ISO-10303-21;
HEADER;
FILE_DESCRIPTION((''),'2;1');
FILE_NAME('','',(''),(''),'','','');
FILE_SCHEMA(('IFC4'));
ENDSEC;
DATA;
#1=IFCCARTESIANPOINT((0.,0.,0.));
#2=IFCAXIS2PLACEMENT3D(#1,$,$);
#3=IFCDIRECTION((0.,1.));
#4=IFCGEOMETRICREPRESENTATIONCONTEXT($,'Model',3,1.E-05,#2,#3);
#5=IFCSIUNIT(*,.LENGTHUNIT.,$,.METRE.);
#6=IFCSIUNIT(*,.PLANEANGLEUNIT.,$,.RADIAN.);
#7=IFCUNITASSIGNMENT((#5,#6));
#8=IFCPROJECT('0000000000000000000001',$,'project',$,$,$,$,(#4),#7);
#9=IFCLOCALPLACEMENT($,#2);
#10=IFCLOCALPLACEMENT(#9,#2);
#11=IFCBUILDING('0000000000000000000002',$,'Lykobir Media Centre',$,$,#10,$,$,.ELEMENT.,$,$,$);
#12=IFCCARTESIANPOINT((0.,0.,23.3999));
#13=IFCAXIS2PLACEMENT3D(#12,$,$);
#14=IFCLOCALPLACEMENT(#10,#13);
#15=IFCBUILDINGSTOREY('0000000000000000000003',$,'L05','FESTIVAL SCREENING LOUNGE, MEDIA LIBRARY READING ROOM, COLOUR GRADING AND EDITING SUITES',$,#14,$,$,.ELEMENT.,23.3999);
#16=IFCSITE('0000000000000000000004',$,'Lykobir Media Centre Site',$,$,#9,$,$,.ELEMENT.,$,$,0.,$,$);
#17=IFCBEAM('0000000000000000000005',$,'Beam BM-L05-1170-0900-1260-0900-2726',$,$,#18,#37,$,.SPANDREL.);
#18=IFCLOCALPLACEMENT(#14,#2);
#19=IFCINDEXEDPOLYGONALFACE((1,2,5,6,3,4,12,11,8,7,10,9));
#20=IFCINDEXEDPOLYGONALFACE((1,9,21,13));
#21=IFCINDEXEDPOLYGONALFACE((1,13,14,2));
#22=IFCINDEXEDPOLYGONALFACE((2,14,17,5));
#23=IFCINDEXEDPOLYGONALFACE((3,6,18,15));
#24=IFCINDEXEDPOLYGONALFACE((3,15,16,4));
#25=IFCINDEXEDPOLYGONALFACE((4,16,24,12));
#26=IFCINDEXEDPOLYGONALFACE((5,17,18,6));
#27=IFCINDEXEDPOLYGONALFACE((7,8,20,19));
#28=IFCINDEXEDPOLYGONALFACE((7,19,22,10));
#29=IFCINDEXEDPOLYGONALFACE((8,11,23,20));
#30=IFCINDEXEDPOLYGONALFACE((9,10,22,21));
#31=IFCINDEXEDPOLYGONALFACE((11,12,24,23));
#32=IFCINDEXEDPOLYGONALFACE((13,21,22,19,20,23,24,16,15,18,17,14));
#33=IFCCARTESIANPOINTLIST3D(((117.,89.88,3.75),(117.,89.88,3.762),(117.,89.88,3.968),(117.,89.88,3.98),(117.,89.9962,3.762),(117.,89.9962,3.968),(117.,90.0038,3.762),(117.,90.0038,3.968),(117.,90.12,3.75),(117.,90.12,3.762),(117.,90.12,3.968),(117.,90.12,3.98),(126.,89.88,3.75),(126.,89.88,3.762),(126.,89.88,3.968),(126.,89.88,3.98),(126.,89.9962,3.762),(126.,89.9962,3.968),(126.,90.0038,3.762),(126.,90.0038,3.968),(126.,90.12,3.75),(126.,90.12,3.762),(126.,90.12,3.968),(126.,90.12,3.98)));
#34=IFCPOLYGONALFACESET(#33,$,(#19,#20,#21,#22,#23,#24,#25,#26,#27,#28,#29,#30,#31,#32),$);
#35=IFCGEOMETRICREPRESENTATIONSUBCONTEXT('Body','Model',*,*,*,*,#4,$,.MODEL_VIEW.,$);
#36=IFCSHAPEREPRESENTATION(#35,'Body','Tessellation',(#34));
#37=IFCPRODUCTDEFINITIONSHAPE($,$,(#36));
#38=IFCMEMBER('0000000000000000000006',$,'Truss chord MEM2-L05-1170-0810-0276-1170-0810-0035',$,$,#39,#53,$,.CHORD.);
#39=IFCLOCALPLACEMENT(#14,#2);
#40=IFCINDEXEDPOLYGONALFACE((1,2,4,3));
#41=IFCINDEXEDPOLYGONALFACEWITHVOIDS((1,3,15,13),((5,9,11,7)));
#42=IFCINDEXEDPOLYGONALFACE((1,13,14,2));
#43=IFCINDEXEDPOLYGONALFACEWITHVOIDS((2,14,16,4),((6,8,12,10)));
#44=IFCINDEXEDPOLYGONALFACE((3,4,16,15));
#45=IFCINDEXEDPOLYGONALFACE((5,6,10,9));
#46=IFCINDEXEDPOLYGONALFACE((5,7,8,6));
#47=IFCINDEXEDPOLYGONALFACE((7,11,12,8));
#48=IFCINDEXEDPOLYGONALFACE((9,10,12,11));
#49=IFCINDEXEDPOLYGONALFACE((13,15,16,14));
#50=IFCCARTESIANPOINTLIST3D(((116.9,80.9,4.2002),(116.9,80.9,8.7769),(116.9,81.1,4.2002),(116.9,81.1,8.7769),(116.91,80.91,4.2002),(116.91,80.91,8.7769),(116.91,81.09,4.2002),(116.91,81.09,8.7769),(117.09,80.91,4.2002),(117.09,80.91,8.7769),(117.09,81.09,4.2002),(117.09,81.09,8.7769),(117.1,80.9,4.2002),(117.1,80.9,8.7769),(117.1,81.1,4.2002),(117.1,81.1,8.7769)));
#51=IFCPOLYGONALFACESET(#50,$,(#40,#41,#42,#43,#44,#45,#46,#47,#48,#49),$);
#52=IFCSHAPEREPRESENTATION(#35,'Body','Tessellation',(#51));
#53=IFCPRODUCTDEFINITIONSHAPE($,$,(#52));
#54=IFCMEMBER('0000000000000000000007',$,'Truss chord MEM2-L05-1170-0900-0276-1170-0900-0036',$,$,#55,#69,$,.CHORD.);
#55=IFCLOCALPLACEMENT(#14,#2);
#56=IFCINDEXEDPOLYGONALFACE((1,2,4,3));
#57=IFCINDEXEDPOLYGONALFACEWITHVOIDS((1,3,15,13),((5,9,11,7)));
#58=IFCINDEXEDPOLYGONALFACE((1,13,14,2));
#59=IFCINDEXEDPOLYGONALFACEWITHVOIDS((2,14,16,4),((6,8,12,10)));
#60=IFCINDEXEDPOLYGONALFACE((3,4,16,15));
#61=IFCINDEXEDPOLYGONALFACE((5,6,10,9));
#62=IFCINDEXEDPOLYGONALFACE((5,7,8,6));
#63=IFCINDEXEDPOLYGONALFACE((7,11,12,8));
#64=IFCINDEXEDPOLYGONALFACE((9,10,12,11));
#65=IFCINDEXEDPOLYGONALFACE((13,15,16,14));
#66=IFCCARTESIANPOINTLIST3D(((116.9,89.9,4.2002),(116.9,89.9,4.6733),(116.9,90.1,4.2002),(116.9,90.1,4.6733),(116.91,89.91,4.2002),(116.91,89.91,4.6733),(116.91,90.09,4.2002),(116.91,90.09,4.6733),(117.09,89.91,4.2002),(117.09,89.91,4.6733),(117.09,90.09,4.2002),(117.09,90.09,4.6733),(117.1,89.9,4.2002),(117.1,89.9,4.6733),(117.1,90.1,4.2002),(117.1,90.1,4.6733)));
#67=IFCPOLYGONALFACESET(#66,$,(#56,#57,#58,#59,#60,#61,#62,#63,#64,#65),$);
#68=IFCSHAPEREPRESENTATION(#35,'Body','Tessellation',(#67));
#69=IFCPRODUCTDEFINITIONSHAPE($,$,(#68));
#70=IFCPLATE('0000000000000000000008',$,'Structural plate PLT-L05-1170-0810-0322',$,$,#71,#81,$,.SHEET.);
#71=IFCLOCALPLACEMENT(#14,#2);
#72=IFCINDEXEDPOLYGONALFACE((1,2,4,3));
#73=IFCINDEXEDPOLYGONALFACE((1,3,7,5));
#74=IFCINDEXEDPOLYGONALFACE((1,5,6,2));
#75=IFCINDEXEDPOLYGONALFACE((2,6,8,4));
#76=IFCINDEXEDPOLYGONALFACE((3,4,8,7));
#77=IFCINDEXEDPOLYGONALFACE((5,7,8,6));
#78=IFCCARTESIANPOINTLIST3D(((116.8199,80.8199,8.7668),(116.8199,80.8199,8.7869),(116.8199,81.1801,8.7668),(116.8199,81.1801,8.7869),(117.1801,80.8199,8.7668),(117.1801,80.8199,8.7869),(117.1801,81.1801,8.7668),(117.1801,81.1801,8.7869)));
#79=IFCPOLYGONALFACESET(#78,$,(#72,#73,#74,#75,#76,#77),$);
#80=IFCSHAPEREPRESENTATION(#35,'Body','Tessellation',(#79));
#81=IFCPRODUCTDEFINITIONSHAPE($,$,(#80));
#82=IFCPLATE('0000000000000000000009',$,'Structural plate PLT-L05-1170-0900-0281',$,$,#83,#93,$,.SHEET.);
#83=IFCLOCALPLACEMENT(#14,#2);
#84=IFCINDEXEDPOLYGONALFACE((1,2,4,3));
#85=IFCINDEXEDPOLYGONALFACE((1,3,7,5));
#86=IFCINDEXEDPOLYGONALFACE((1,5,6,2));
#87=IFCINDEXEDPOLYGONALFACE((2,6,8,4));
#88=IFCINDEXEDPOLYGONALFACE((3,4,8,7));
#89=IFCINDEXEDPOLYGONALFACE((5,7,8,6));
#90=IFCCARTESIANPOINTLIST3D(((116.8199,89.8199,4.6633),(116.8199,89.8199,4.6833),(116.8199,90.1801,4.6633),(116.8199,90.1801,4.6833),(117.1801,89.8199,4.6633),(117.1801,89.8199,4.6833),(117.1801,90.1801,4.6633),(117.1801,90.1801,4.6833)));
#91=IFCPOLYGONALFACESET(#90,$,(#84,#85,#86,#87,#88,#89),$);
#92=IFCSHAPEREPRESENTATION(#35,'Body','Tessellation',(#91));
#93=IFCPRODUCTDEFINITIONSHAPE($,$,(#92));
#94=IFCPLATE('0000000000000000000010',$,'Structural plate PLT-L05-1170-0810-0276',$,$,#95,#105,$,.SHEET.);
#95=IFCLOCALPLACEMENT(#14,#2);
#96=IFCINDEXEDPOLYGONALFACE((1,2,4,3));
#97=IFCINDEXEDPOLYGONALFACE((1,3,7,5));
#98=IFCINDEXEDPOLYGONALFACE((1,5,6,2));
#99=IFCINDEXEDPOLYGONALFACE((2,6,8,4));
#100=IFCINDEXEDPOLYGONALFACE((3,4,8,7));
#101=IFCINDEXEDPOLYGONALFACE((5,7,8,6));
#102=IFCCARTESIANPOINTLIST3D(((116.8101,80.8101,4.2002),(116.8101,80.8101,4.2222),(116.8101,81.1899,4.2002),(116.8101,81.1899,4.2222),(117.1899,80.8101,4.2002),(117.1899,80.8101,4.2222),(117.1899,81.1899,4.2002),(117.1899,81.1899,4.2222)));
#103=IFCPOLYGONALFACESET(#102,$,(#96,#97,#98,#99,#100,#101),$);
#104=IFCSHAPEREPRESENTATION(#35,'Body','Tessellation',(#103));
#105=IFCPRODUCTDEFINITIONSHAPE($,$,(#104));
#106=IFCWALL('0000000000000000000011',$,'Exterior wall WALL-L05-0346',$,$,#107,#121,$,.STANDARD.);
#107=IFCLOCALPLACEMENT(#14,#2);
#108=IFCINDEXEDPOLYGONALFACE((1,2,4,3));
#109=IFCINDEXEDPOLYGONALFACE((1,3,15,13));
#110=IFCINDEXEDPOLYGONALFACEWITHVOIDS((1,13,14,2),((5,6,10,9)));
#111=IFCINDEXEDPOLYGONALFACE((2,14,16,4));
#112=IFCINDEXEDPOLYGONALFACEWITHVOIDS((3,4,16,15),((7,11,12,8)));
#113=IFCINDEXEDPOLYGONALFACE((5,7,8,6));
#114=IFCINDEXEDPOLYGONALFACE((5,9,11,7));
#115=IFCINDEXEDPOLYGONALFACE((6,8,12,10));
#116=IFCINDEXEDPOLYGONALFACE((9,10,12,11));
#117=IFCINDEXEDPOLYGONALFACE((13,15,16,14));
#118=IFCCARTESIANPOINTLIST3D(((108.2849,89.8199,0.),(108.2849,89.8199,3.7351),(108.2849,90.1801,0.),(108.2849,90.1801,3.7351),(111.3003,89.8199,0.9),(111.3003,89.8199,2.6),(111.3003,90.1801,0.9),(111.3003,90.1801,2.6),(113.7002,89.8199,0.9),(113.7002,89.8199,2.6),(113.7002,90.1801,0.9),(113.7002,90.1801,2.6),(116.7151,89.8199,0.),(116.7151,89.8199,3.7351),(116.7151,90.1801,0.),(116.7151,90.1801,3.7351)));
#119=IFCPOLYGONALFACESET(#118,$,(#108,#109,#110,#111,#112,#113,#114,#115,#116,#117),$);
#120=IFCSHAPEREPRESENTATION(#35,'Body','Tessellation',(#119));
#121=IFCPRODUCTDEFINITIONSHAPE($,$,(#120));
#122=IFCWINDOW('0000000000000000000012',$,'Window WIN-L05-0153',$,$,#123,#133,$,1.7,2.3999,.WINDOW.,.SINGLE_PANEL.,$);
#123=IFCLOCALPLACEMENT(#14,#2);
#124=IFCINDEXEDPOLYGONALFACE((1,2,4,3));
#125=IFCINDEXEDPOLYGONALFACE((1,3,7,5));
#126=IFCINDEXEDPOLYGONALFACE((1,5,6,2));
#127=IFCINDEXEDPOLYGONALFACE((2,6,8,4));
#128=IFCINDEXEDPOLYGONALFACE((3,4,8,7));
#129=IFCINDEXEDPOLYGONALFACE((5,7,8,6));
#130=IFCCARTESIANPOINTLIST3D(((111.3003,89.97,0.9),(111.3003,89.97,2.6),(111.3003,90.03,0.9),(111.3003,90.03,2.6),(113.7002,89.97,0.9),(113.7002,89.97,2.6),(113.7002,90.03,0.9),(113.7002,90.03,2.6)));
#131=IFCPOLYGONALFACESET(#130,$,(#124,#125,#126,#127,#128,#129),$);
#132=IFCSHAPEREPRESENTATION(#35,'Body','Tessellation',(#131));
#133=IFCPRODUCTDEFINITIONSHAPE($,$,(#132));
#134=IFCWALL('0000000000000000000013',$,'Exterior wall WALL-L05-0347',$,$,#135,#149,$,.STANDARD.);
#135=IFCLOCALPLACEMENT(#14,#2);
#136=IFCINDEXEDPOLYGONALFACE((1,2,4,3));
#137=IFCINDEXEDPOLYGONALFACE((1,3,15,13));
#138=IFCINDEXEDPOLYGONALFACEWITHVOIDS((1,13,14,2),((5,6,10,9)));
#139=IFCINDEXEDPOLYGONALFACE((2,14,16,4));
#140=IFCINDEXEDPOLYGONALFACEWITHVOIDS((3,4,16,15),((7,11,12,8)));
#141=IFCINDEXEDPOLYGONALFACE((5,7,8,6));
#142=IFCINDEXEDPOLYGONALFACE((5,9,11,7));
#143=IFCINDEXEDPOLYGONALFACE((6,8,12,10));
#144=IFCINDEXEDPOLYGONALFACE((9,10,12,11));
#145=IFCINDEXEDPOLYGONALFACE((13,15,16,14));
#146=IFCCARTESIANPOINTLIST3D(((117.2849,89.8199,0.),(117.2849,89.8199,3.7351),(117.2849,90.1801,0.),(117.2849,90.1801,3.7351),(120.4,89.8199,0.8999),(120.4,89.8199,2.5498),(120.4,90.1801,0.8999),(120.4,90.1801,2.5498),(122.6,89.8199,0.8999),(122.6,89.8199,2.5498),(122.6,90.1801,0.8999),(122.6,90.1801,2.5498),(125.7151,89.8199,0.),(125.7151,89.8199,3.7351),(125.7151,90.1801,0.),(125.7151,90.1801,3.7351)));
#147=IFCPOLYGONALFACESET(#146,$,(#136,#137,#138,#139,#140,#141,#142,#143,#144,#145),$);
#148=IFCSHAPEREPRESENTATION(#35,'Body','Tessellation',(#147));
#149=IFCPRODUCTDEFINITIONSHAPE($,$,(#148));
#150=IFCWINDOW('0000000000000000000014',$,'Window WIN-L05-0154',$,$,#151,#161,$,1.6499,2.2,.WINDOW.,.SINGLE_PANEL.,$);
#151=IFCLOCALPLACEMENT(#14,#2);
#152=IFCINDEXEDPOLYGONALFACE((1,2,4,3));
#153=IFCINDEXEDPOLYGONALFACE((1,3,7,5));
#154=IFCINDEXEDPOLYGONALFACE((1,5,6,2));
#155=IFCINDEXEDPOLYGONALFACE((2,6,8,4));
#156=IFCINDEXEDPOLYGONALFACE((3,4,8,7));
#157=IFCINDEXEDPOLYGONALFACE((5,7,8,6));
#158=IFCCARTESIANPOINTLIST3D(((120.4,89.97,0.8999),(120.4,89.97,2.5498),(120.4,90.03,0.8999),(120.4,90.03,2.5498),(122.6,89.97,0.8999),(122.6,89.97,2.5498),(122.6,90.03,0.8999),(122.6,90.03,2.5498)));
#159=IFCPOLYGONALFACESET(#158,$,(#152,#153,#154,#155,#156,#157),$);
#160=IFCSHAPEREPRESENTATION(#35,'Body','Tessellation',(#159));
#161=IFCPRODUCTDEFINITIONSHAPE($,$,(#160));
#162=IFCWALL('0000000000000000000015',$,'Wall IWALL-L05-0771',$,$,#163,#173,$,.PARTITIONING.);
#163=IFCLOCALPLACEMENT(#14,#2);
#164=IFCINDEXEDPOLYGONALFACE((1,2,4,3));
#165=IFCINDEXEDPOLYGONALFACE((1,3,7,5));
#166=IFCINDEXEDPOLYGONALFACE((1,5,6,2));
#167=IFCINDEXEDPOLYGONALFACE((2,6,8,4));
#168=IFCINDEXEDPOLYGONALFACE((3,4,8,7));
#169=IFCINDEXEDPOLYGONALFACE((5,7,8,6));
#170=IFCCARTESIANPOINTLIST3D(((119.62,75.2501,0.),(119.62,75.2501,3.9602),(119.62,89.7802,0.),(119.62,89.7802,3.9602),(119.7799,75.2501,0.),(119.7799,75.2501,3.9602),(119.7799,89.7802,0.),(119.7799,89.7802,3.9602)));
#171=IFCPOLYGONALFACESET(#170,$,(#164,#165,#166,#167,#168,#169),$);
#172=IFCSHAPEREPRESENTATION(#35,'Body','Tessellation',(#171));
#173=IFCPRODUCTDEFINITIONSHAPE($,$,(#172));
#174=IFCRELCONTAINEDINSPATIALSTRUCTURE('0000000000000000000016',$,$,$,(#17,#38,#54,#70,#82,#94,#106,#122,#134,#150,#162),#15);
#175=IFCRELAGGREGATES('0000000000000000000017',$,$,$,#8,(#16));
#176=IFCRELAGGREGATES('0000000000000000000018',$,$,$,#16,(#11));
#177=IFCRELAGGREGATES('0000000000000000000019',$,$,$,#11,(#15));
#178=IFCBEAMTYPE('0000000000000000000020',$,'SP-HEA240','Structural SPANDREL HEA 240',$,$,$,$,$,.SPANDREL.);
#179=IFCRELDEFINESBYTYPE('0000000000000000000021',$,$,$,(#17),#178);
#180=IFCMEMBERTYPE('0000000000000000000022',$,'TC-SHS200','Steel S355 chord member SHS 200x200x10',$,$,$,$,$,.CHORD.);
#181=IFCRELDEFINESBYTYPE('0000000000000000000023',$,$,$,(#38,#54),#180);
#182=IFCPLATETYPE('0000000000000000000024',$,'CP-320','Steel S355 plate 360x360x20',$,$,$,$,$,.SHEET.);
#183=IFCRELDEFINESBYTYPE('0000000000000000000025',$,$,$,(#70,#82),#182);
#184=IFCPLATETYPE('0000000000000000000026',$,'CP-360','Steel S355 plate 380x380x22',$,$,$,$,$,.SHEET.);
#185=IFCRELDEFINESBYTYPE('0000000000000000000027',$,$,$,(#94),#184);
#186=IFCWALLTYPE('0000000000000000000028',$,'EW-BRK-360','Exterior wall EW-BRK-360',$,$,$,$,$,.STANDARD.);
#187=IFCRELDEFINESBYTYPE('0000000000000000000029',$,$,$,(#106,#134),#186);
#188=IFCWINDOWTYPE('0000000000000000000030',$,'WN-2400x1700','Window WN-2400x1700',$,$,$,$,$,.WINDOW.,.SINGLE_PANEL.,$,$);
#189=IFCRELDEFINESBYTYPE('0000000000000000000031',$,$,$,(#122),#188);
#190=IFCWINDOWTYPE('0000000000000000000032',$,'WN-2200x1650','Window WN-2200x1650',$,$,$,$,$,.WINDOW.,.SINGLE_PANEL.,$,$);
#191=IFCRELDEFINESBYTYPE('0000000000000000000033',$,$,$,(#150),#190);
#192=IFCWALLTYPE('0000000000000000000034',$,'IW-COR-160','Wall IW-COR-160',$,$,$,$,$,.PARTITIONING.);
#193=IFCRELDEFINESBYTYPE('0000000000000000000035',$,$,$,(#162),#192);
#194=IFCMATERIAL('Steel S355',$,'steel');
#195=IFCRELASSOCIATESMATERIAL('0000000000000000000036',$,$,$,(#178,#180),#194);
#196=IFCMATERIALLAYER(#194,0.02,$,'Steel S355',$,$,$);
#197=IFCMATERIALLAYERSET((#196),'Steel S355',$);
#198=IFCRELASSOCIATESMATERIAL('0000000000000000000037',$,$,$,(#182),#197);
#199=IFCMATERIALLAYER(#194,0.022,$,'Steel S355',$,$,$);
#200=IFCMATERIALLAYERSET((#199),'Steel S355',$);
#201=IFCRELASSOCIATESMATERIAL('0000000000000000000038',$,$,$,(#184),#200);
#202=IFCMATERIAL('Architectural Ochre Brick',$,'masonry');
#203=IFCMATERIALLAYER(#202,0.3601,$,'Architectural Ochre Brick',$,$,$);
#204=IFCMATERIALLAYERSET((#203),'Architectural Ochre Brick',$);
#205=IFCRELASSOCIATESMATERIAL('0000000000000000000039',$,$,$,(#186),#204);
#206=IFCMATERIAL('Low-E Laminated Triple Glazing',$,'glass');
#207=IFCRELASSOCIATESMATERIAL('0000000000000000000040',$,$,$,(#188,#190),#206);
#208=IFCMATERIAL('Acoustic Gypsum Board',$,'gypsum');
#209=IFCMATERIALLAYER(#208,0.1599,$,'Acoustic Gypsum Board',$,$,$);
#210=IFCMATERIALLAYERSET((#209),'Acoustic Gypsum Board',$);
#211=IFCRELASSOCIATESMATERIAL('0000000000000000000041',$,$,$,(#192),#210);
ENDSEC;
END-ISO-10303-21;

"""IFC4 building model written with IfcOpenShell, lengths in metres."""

from ifc_helpers import new_model, si_unit, direction, frame, frame_2d, origin, origin_2d, place, context, subcontext, project, spatial, rectangle, hollow_rectangle, i_section, extrude, material, layer, layer_set, material_profile, profile_set, type_object, element, fill, save


model = new_model("IFC4")

# Units and contexts
model_context = context("Model", 3, precision=1e-05, world=origin(), true_north=direction((0.0, 1.0)))
body_context = subcontext(model_context, "Body", "Model", "MODEL_VIEW")
ifc_project = project(units=[si_unit("LENGTHUNIT", "METRE"), si_unit("PLANEANGLEUNIT", "RADIAN")], contexts=[model_context])

# Site, building, storey
site_placement = place(None, origin())
site = spatial("IfcSite", under=ifc_project, at=site_placement, Name="Lykobir Media Centre Site", CompositionType="ELEMENT", RefElevation=0.0)
building_placement = place(site_placement, origin())
building = spatial("IfcBuilding", under=site, at=building_placement, Name="Lykobir Media Centre", CompositionType="ELEMENT")
storey_placement = place(building_placement, frame((0.0, 0.0, 23.3999)))
storey = spatial("IfcBuildingStorey", under=building, at=storey_placement, Name="L05", Description="FESTIVAL SCREENING LOUNGE, MEDIA LIBRARY READING ROOM, COLOUR GRADING AND EDITING SUITES", CompositionType="ELEMENT", Elevation=23.3999)

# Shared definitions
ifc_material_1 = material(Name="Steel S355", Category="steel")

# Beam
ifc_material_profile_1 = material_profile(ifc_material_1, i_section(OverallWidth=0.24, OverallDepth=0.23, WebThickness=0.0076, FlangeThickness=0.012, at=origin_2d()), Name="HEA 240")
ifc_profile_set_1 = profile_set([ifc_material_profile_1], Name="Steel S355")
beam_type_1 = type_object("IfcBeamType", Name="SP-HEA240", Description="Structural SPANDREL HEA 240", PredefinedType="SPANDREL", material=ifc_profile_set_1)
beam_1_placement = place(storey_placement, frame((117.0, 90.0, 3.865), z_axis=(1.0, 0.0, 0.0), x_axis=(0.0, 1.0, 0.0)))
element("IfcBeam", 1, at=beam_1_placement, inside=storey, type_object=beam_type_1, Name="Beam BM-L05-1170-0900-1260-0900-2726", PredefinedType="SPANDREL", context=body_context, shape_type="SweptSolid", body=[
    extrude(i_section(OverallWidth=0.24, OverallDepth=0.23, WebThickness=0.0076, FlangeThickness=0.012, at=origin_2d()), origin(), (0.0, 0.0, 1.0), 9.0),
])

# Members
ifc_material_profile_2 = material_profile(ifc_material_1, hollow_rectangle(XDim=0.2, YDim=0.2, WallThickness=0.01, at=origin_2d()), Name="SHS 200x200x10")
ifc_profile_set_2 = profile_set([ifc_material_profile_2], Name="Steel S355")
member_type = type_object("IfcMemberType", Name="TC-SHS200", Description="Steel S355 chord member SHS 200x200x10", PredefinedType="CHORD", material=ifc_profile_set_2)
member_1_placement = place(storey_placement, frame((117.0, 81.0, 4.2002), z_axis=(0.0, 0.0, 1.0), x_axis=(1.0, 0.0, 0.0)))
element("IfcMember", 2, at=member_1_placement, inside=storey, type_object=member_type, Name="Truss chord MEM2-L05-1170-0810-0276-1170-0810-0035", PredefinedType="CHORD", context=body_context, shape_type="SweptSolid", body=[
    extrude(hollow_rectangle(XDim=0.2, YDim=0.2, WallThickness=0.01, at=origin_2d()), origin(), (0.0, 0.0, 1.0), 4.5767),
])
member_2_placement = place(storey_placement, frame((117.0, 90.0, 4.2002), z_axis=(0.0, 0.0, 1.0), x_axis=(1.0, 0.0, 0.0)))
element("IfcMember", 3, at=member_2_placement, inside=storey, type_object=member_type, Name="Truss chord MEM2-L05-1170-0900-0276-1170-0900-0036", PredefinedType="CHORD", context=body_context, shape_type="SweptSolid", body=[
    extrude(hollow_rectangle(XDim=0.2, YDim=0.2, WallThickness=0.01, at=origin_2d()), origin(), (0.0, 0.0, 1.0), 0.4731),
])

# Plates
ifc_layer_1 = layer(ifc_material_1, 0.02, Name="Steel S355")
ifc_layer_set_1 = layer_set([ifc_layer_1], Name="Steel S355")
plate_type_1 = type_object("IfcPlateType", Name="CP-320", Description="Steel S355 plate 360x360x20", PredefinedType="SHEET", material=ifc_layer_set_1)
for number, where, z_axis, x_axis, name in (
    (4, (117.0, 81.0, 8.7668), (0.0, 0.0, 1.0), (1.0, 0.0, 0.0), "Structural plate PLT-L05-1170-0810-0322"),
    (5, (117.0, 90.0, 4.6633), (0.0, 0.0, 1.0), (1.0, 0.0, 0.0), "Structural plate PLT-L05-1170-0900-0281"),
):
    element("IfcPlate", number, at=place(storey_placement, frame(where, z_axis=z_axis, x_axis=x_axis)), inside=storey, type_object=plate_type_1, Name=name, PredefinedType="SHEET", context=body_context, shape_type="SweptSolid", body=[
        extrude(rectangle(XDim=0.3601, YDim=0.3601, at=origin_2d()), origin(), (0.0, 0.0, 1.0), 0.02),
    ])
ifc_layer_2 = layer(ifc_material_1, 0.022, Name="Steel S355")
ifc_layer_set_2 = layer_set([ifc_layer_2], Name="Steel S355")
plate_type_2 = type_object("IfcPlateType", Name="CP-360", Description="Steel S355 plate 380x380x22", PredefinedType="SHEET", material=ifc_layer_set_2)
plate_placement = place(storey_placement, frame((117.0, 81.0, 4.2002), z_axis=(0.0, 0.0, 1.0), x_axis=(1.0, 0.0, 0.0)))
element("IfcPlate", 6, at=plate_placement, inside=storey, type_object=plate_type_2, Name="Structural plate PLT-L05-1170-0810-0276", PredefinedType="SHEET", context=body_context, shape_type="SweptSolid", body=[
    extrude(rectangle(XDim=0.3799, YDim=0.3799, at=origin_2d()), origin(), (0.0, 0.0, 1.0), 0.022),
])

# Walls, openings, windows
ifc_material_2 = material(Name="Architectural Ochre Brick", Category="masonry")
ifc_layer_3 = layer(ifc_material_2, 0.3601, Name="Architectural Ochre Brick")
ifc_layer_set_3 = layer_set([ifc_layer_3], Name="Architectural Ochre Brick")
wall_type_1 = type_object("IfcWallType", Name="EW-BRK-360", Description="Exterior wall EW-BRK-360", PredefinedType="STANDARD", material=ifc_layer_set_3)
wall_1_placement = place(storey_placement, frame((116.7151, 90.0, 0.0), z_axis=(0.0, 0.0, 1.0), x_axis=(-1.0, 0.0, 0.0)))
wall_1 = element("IfcWall", 7, at=wall_1_placement, inside=storey, type_object=wall_type_1, Name="Exterior wall WALL-L05-0346", PredefinedType="STANDARD", context=body_context, shape_type="SweptSolid", body=[
    extrude(rectangle(XDim=8.4302, YDim=0.3601, at=frame_2d((4.2151, 0.0))), origin(), (0.0, 0.0, 1.0), 3.7351),
])
opening_1_placement = place(wall_1_placement, frame((3.0149, 0.0, 0.8999)))
opening_1 = element("IfcOpeningElement", 8, at=opening_1_placement, cuts=wall_1, PredefinedType="OPENING", context=body_context, shape_type="SweptSolid", body=[
    extrude(rectangle(XDim=2.3999, YDim=1.7, at=frame_2d((1.2, 0.8501))), frame((0.0, 0.1899, 0.0), z_axis=(0.0, -1.0, 0.0), x_axis=(1.0, 0.0, 0.0)), (0.0, 0.0, 1.0), 0.3801),
])
ifc_material_3 = material(Name="Low-E Laminated Triple Glazing", Category="glass")
window_type_1 = type_object("IfcWindowType", Name="WN-2400x1700", Description="Window WN-2400x1700", PartitioningType="SINGLE_PANEL", PredefinedType="WINDOW", material=ifc_material_3)
window_1_placement = place(opening_1_placement, origin())
window_1 = element("IfcWindow", 9, at=window_1_placement, inside=storey, type_object=window_type_1, Name="Window WIN-L05-0153", OverallHeight=1.7, OverallWidth=2.3999, PartitioningType="SINGLE_PANEL", PredefinedType="WINDOW", context=body_context, shape_type="SweptSolid", body=[
    extrude(rectangle(XDim=2.3999, YDim=1.7, at=frame_2d((1.2, 0.8501))), frame((0.0, 0.03, 0.0), z_axis=(0.0, -1.0, 0.0), x_axis=(1.0, 0.0, 0.0)), (0.0, 0.0, 1.0), 0.0601),
])
fill(opening_1, window_1)
wall_2_placement = place(storey_placement, frame((125.7151, 90.0, 0.0), z_axis=(0.0, 0.0, 1.0), x_axis=(-1.0, 0.0, 0.0)))
wall_2 = element("IfcWall", 10, at=wall_2_placement, inside=storey, type_object=wall_type_1, Name="Exterior wall WALL-L05-0347", PredefinedType="STANDARD", context=body_context, shape_type="SweptSolid", body=[
    extrude(rectangle(XDim=8.4302, YDim=0.3601, at=frame_2d((4.2151, 0.0))), origin(), (0.0, 0.0, 1.0), 3.7351),
])
opening_2_placement = place(wall_2_placement, frame((3.115, 0.0, 0.8999)))
opening_2 = element("IfcOpeningElement", 11, at=opening_2_placement, cuts=wall_2, PredefinedType="OPENING", context=body_context, shape_type="SweptSolid", body=[
    extrude(rectangle(XDim=2.2, YDim=1.6499, at=frame_2d((1.1001, 0.825))), frame((0.0, 0.1899, 0.0), z_axis=(0.0, -1.0, 0.0), x_axis=(1.0, 0.0, 0.0)), (0.0, 0.0, 1.0), 0.3801),
])
window_type_2 = type_object("IfcWindowType", Name="WN-2200x1650", Description="Window WN-2200x1650", PartitioningType="SINGLE_PANEL", PredefinedType="WINDOW", material=ifc_material_3)
window_2_placement = place(opening_2_placement, origin())
window_2 = element("IfcWindow", 12, at=window_2_placement, inside=storey, type_object=window_type_2, Name="Window WIN-L05-0154", OverallHeight=1.6499, OverallWidth=2.2, PartitioningType="SINGLE_PANEL", PredefinedType="WINDOW", context=body_context, shape_type="SweptSolid", body=[
    extrude(rectangle(XDim=2.2, YDim=1.6499, at=frame_2d((1.1001, 0.825))), frame((0.0, 0.03, 0.0), z_axis=(0.0, -1.0, 0.0), x_axis=(1.0, 0.0, 0.0)), (0.0, 0.0, 1.0), 0.0601),
])
fill(opening_2, window_2)

# Wall
ifc_material_4 = material(Name="Acoustic Gypsum Board", Category="gypsum")
ifc_layer_4 = layer(ifc_material_4, 0.1599, Name="Acoustic Gypsum Board")
ifc_layer_set_4 = layer_set([ifc_layer_4], Name="Acoustic Gypsum Board")
wall_type_2 = type_object("IfcWallType", Name="IW-COR-160", Description="Wall IW-COR-160", PredefinedType="PARTITIONING", material=ifc_layer_set_4)
wall_3_placement = place(storey_placement, frame((119.7, 75.25, 0.0), z_axis=(0.0, 0.0, 1.0), x_axis=(0.0, 1.0, 0.0)))
element("IfcWall", 13, at=wall_3_placement, inside=storey, type_object=wall_type_2, Name="Wall IWALL-L05-0771", PredefinedType="PARTITIONING", context=body_context, shape_type="SweptSolid", body=[
    extrude(rectangle(XDim=14.53, YDim=0.1599, at=frame_2d((7.2651, 0.0))), origin(), (0.0, 0.0, 1.0), 3.9602),
])

save(model, "model.ifc")
